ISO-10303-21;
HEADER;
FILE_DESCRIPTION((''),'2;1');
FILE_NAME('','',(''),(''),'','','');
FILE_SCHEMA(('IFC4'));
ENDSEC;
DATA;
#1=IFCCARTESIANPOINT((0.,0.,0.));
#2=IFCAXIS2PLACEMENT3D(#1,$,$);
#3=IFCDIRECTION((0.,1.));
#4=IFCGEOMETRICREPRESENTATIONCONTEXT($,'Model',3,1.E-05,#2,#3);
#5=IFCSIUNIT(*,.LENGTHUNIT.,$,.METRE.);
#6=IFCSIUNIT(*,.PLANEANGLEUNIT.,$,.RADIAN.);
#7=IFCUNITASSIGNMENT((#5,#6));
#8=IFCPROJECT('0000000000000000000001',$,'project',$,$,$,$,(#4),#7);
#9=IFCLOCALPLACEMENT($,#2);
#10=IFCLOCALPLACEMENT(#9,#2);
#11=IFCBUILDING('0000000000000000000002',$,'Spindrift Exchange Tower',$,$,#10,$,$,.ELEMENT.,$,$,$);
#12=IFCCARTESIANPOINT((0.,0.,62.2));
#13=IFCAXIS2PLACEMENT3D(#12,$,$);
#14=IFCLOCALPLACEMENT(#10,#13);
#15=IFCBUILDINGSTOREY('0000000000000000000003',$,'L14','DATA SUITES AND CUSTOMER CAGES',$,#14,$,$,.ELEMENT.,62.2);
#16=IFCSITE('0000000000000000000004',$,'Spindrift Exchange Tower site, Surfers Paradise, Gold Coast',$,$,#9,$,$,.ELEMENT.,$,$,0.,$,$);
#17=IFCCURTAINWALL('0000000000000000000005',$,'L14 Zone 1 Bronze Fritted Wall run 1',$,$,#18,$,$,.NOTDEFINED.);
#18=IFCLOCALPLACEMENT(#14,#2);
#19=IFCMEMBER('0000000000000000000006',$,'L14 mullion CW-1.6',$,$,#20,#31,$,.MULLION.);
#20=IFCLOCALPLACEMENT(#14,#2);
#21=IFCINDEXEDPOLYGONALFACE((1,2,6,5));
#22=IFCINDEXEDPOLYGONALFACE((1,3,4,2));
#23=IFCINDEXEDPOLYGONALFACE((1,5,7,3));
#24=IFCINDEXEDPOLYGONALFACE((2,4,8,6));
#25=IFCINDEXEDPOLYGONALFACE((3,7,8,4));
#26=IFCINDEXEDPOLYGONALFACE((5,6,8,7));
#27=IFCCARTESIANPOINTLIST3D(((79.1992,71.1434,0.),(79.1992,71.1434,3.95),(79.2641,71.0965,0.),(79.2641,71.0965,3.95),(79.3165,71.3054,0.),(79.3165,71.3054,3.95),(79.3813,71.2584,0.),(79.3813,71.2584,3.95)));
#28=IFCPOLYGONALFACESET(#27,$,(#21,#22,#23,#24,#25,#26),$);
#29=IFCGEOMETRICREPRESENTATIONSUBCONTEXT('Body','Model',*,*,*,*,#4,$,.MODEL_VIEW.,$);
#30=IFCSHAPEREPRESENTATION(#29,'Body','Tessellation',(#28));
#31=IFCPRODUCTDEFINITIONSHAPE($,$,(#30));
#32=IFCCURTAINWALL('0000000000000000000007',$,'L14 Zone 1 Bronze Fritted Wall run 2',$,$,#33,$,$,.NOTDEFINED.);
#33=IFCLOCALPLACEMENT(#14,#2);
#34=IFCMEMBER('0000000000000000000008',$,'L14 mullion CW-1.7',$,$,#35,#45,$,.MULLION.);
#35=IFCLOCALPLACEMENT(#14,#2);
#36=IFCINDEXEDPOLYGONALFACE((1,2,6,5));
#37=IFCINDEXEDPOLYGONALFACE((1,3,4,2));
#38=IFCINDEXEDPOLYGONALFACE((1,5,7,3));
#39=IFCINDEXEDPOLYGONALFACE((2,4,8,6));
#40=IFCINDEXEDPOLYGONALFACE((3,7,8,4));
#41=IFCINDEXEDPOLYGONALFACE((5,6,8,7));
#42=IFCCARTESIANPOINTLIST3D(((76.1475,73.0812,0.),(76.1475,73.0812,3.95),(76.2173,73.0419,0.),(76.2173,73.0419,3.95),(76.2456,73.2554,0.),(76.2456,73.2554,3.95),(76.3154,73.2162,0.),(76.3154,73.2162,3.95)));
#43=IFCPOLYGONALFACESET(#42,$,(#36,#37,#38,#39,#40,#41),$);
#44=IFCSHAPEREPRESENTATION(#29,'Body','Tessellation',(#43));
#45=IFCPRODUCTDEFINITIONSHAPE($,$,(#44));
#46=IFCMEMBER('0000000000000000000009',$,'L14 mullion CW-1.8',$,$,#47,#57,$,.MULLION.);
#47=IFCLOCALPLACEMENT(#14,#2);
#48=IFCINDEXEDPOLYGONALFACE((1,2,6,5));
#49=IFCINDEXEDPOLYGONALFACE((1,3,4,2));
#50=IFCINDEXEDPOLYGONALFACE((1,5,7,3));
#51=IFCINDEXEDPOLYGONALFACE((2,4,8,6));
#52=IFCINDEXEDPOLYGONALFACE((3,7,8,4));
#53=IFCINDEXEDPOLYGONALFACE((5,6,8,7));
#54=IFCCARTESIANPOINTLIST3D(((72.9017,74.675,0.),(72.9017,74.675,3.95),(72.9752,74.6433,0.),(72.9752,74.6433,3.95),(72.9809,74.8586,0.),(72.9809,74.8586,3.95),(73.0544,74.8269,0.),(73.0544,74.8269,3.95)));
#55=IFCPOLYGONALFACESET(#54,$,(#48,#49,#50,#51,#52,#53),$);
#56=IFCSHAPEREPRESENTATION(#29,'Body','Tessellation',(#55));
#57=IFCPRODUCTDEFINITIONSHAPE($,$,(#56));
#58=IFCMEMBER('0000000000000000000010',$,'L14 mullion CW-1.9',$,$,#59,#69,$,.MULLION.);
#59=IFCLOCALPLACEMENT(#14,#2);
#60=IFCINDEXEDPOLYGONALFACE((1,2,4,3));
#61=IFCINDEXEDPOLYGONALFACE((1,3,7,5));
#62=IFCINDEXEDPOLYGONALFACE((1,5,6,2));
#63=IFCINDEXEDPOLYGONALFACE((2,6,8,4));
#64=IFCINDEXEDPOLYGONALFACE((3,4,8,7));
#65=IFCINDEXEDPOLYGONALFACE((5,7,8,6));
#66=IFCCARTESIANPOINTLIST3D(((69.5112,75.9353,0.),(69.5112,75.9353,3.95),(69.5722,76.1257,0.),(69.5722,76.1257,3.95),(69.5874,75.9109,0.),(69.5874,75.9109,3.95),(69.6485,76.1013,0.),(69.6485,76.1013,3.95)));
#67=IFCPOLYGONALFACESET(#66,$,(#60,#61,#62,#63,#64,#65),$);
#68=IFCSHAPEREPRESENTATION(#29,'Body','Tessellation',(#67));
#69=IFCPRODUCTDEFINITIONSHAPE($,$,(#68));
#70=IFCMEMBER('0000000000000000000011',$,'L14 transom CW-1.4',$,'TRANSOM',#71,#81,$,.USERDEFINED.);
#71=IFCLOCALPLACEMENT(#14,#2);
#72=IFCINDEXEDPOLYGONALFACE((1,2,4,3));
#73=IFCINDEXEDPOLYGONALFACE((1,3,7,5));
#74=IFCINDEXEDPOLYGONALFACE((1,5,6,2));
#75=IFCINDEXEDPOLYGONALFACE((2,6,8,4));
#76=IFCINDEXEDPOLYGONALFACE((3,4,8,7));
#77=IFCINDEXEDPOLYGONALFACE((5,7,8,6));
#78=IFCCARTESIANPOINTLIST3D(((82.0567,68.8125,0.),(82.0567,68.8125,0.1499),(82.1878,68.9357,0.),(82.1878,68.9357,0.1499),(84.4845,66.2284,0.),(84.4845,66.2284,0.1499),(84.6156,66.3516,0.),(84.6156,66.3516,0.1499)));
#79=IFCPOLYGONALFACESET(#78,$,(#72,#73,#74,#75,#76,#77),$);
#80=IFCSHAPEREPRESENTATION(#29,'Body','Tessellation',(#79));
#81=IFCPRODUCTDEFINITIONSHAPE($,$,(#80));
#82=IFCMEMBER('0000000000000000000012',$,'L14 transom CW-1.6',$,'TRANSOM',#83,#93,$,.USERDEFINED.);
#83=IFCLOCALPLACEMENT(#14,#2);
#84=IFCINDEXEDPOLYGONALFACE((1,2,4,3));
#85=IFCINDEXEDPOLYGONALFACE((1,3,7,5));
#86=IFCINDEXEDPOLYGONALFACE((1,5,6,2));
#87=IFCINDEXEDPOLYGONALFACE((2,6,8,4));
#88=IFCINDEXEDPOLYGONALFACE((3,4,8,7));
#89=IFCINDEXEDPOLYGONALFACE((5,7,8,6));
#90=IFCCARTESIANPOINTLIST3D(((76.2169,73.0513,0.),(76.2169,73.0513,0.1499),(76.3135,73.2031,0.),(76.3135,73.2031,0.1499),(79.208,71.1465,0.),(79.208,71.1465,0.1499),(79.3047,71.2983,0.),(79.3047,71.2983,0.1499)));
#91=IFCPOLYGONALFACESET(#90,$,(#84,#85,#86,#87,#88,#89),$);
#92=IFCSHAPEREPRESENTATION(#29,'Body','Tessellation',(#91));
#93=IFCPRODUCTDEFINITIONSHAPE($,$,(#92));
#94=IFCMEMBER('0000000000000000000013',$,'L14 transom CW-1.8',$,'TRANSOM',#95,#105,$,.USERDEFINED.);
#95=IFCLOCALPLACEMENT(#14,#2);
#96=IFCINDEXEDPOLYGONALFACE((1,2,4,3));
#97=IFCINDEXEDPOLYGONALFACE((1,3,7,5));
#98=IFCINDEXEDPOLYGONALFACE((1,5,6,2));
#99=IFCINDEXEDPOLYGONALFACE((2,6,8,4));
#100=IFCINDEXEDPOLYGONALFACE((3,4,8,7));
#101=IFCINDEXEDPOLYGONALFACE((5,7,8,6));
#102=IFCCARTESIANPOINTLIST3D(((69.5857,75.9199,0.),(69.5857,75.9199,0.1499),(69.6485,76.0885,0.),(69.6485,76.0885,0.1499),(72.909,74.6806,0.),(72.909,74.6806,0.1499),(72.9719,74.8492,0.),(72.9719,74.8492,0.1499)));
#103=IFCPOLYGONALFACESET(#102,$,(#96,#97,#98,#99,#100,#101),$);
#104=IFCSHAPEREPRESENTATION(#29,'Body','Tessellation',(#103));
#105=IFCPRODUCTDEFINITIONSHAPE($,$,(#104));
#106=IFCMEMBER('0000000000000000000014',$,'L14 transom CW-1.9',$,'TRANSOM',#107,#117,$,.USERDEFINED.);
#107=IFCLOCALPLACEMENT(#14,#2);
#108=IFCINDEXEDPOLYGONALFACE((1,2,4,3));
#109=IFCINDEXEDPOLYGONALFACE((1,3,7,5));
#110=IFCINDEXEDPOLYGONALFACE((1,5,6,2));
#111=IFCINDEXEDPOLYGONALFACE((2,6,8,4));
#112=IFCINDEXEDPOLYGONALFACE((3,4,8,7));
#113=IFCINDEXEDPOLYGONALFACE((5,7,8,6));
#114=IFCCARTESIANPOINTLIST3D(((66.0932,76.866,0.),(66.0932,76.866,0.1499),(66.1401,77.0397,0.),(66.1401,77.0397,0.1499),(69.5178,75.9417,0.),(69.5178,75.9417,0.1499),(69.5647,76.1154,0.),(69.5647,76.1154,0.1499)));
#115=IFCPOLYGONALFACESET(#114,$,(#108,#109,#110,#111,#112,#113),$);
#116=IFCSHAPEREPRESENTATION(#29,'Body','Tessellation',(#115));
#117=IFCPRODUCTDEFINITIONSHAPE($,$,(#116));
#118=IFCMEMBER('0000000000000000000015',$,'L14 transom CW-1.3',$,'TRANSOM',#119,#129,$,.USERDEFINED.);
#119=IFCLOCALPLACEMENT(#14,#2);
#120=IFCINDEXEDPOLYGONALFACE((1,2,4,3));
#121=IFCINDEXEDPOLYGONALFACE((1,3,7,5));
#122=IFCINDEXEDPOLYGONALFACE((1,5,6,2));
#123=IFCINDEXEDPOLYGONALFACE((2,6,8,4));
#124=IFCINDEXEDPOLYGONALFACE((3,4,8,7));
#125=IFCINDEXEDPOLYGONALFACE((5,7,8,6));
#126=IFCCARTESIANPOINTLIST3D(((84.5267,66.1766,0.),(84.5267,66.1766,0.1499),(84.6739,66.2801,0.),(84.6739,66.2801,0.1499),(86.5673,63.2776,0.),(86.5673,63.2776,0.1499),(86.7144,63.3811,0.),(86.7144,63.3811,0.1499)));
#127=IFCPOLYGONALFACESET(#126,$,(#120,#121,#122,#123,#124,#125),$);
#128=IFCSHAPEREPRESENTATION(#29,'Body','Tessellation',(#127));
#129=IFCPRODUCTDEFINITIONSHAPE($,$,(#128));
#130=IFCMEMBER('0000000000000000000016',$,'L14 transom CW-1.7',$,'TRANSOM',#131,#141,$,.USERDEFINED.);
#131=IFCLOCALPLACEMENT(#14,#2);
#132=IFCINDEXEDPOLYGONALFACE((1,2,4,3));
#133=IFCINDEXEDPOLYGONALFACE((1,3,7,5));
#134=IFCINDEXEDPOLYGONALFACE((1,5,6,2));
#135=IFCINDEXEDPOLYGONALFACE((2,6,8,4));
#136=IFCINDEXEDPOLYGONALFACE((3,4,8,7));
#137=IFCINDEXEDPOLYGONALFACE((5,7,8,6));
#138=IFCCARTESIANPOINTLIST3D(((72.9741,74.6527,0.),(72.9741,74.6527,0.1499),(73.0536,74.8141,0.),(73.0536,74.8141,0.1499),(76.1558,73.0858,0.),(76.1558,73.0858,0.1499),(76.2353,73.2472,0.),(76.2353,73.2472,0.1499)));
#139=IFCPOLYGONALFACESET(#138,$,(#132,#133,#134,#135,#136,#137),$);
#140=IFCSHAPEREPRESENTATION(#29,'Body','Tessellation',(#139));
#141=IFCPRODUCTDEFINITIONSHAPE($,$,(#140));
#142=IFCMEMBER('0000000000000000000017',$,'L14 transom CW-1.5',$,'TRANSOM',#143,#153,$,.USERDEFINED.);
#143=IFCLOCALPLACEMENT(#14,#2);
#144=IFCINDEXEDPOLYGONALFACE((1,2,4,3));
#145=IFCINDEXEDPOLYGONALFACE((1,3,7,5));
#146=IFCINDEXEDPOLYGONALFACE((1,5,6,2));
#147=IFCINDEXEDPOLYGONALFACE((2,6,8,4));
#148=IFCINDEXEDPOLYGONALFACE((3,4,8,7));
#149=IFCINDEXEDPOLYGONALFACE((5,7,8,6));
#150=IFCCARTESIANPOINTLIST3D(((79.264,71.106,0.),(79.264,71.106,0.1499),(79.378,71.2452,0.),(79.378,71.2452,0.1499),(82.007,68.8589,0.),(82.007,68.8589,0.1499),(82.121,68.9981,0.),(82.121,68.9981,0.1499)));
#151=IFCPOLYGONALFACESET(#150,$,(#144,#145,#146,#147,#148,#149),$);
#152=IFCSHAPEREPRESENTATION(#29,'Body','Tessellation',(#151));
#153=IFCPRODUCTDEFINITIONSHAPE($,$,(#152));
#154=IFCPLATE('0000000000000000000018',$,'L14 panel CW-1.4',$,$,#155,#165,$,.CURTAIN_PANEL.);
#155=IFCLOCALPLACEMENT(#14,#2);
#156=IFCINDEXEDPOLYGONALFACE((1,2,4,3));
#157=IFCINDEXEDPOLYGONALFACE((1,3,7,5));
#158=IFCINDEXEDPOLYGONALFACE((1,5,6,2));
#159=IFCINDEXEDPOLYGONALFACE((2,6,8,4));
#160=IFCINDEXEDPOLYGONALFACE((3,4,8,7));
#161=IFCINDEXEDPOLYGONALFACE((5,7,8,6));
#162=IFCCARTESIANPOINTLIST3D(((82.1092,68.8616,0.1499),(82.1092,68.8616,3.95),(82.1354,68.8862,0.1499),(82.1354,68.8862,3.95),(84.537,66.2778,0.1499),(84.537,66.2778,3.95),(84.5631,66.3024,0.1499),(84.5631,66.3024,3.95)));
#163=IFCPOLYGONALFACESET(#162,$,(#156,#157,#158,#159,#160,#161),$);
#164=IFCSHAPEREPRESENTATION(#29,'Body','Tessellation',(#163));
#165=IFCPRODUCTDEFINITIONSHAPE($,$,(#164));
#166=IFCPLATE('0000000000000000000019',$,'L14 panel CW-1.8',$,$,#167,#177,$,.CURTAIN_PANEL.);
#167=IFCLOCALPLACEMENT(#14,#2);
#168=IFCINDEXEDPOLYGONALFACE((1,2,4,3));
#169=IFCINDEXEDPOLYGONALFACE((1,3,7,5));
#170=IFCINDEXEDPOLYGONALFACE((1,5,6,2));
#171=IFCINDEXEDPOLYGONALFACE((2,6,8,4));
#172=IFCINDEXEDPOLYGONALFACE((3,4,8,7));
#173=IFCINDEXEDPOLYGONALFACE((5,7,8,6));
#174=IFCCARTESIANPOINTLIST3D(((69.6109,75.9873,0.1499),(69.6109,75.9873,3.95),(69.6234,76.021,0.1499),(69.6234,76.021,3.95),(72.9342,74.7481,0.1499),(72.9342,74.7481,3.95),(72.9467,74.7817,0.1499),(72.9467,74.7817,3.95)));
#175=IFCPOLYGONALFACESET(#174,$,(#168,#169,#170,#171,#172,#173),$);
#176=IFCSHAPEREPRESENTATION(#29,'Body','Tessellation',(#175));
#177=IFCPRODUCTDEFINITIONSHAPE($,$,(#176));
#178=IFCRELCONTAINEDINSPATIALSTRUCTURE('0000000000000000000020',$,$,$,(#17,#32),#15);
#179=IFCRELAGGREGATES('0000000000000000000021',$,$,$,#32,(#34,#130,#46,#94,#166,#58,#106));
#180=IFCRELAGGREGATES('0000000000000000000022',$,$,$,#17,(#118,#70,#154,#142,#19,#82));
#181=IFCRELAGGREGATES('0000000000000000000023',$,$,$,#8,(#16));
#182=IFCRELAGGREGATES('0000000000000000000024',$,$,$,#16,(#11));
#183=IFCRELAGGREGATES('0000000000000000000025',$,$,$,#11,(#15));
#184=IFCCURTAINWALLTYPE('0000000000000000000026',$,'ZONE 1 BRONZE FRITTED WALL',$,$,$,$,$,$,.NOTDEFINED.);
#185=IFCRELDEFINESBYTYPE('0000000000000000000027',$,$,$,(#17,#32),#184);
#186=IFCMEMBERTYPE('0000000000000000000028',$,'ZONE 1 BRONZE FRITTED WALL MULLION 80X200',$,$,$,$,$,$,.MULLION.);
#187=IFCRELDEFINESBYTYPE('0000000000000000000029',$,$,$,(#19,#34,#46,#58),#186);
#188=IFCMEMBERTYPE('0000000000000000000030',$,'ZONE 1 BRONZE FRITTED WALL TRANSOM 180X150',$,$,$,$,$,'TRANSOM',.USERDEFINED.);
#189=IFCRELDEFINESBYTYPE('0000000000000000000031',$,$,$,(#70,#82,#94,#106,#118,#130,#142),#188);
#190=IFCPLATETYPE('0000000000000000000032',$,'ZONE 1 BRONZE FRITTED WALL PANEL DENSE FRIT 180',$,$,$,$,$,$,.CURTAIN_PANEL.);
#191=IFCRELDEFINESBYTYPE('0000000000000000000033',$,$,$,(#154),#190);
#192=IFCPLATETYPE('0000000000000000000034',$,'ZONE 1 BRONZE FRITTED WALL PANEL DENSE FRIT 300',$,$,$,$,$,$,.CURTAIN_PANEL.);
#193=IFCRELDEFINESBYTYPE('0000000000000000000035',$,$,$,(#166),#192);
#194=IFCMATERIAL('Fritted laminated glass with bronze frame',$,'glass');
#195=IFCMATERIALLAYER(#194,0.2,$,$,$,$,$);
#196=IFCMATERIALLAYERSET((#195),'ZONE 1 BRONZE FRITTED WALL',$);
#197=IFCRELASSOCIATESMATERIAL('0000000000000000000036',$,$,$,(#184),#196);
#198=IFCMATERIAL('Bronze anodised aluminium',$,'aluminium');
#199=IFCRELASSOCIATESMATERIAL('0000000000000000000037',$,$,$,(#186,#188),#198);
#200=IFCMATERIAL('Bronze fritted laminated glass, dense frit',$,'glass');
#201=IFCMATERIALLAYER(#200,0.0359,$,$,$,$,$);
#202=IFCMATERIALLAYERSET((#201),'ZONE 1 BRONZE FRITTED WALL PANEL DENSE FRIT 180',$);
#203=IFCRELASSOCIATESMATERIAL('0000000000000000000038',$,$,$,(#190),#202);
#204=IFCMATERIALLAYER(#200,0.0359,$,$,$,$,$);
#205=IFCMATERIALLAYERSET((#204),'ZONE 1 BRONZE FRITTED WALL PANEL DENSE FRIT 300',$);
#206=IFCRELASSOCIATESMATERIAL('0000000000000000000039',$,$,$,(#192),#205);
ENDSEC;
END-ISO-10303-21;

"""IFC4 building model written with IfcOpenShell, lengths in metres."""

from ifc_helpers import new_model, si_unit, direction, frame, origin, origin_2d, place, context, subcontext, project, spatial, rectangle, extrude, source, transform, mapped, material, layer, layer_set, material_profile, profile_set, type_object, element, aggregate, save


model = new_model("IFC4")

# Units and contexts
model_context = context("Model", 3, precision=1e-05, world=origin(), true_north=direction((0.0, 1.0)))
body_context = subcontext(model_context, "Body", "Model", "MODEL_VIEW")
ifc_project = project(units=[si_unit("LENGTHUNIT", "METRE"), si_unit("PLANEANGLEUNIT", "RADIAN")], contexts=[model_context])

# Site, building, storey
site_placement = place(None, origin())
site = spatial("IfcSite", under=ifc_project, at=site_placement, Name="Spindrift Exchange Tower site, Surfers Paradise, Gold Coast", CompositionType="ELEMENT", RefElevation=0.0)
building_placement = place(site_placement, origin())
building = spatial("IfcBuilding", under=site, at=building_placement, Name="Spindrift Exchange Tower", CompositionType="ELEMENT")
storey_placement = place(building_placement, frame((0.0, 0.0, 62.2)))
storey = spatial("IfcBuildingStorey", under=building, at=storey_placement, Name="L14", Description="DATA SUITES AND CUSTOMER CAGES", CompositionType="ELEMENT", Elevation=62.2)

# Curtain walls, members
ifc_material_1 = material(Name="Fritted laminated glass with bronze frame", Category="glass")
ifc_layer_1 = layer(ifc_material_1, 0.2)
ifc_layer_set_1 = layer_set([ifc_layer_1], Name="ZONE 1 BRONZE FRITTED WALL")
curtain_wall_type = type_object("IfcCurtainWallType", Name="ZONE 1 BRONZE FRITTED WALL", PredefinedType="NOTDEFINED", material=ifc_layer_set_1)
curtain_wall_1_placement = place(storey_placement, origin())
curtain_wall_1 = element("IfcCurtainWall", 1, at=curtain_wall_1_placement, inside=storey, type_object=curtain_wall_type, Name="L14 Zone 1 Bronze Fritted Wall run 1", PredefinedType="NOTDEFINED")
ifc_material_2 = material(Name="Bronze anodised aluminium", Category="aluminium")
ifc_material_profile_1 = material_profile(ifc_material_2, rectangle(XDim=0.0801, YDim=0.2, at=origin_2d()), Name="ZONE 1 BRONZE FRITTED WALL MULLION 80X200")
ifc_profile_set_1 = profile_set([ifc_material_profile_1], Name="Bronze anodised aluminium")
member_type_1 = type_object("IfcMemberType", Name="ZONE 1 BRONZE FRITTED WALL MULLION 80X200", PredefinedType="MULLION", material=ifc_profile_set_1)
shared_shape_1 = source(origin(), body_context, "Body", "SweptSolid", [
    extrude(rectangle(XDim=0.0801, YDim=0.2, at=origin_2d()), origin(), (0.0, 0.0, 1.0), 3.95),
])
member_1_placement = place(storey_placement, frame((79.2903, 71.2009, 0.0), z_axis=(0.0, 0.0, 1.0), x_axis=(-0.809954, 0.586493, 0.0)))
member_1 = element("IfcMember", 2, at=member_1_placement, type_object=member_type_1, Name="L14 mullion CW-1.6", PredefinedType="MULLION", context=body_context, shape_type="MappedRepresentation", body=[
    mapped(shared_shape_1, transform((0.0, 0.0, 0.0), scale=1.0)),
])
curtain_wall_2_placement = place(storey_placement, origin())
curtain_wall_2 = element("IfcCurtainWall", 3, at=curtain_wall_2_placement, inside=storey, type_object=curtain_wall_type, Name="L14 Zone 1 Bronze Fritted Wall run 2", PredefinedType="NOTDEFINED")
member_2_placement = place(storey_placement, frame((76.2314, 73.1487, 0.0), z_axis=(0.0, 0.0, 1.0), x_axis=(-0.87161, 0.490199, 0.0)))
member_2 = element("IfcMember", 4, at=member_2_placement, type_object=member_type_1, Name="L14 mullion CW-1.7", PredefinedType="MULLION", context=body_context, shape_type="MappedRepresentation", body=[
    mapped(shared_shape_1, transform((0.0, 0.0, 0.0), scale=1.0)),
])
member_3_placement = place(storey_placement, frame((72.978, 74.751, 0.0), z_axis=(0.0, 0.0, 1.0), x_axis=(-0.918209, 0.396097, 0.0)))
member_3 = element("IfcMember", 5, at=member_3_placement, type_object=member_type_1, Name="L14 mullion CW-1.8", PredefinedType="MULLION", context=body_context, shape_type="MappedRepresentation", body=[
    mapped(shared_shape_1, transform((0.0, 0.0, 0.0), scale=1.0)),
])
member_4_placement = place(storey_placement, frame((69.5798, 76.0183, 0.0), z_axis=(0.0, 0.0, 1.0), x_axis=(-0.952254, 0.305307, 0.0)))
member_4 = element("IfcMember", 6, at=member_4_placement, type_object=member_type_1, Name="L14 mullion CW-1.9", PredefinedType="MULLION", context=body_context, shape_type="MappedRepresentation", body=[
    mapped(shared_shape_1, transform((0.0, 0.0, 0.0), scale=1.0)),
])

# Members
ifc_material_profile_2 = material_profile(ifc_material_2, rectangle(XDim=0.1799, YDim=0.1499, at=origin_2d()), Name="ZONE 1 BRONZE FRITTED WALL TRANSOM 180X150")
ifc_profile_set_2 = profile_set([ifc_material_profile_2], Name="Bronze anodised aluminium")
member_type_2 = type_object("IfcMemberType", Name="ZONE 1 BRONZE FRITTED WALL TRANSOM 180X150", ElementType="TRANSOM", PredefinedType="USERDEFINED", material=ifc_profile_set_2)
shared_shape_2 = source(origin(), body_context, "Body", "SweptSolid", [
    extrude(rectangle(XDim=0.1799, YDim=0.1499, at=origin_2d()), origin(), (0.0, 0.0, 1.0), 3.5457),
])
member_5_placement = place(storey_placement, frame((84.55, 66.29, 0.075), z_axis=(-0.684729, 0.728798, 0.0), x_axis=(-0.728798, -0.684729, 0.0)))
member_5 = element("IfcMember", 7, at=member_5_placement, type_object=member_type_2, Name="L14 transom CW-1.4", ObjectType="TRANSOM", PredefinedType="USERDEFINED", context=body_context, shape_type="MappedRepresentation", body=[
    mapped(shared_shape_2, transform((0.0, 0.0, 0.0), scale=1.0)),
])
shared_shape_3 = source(origin(), body_context, "Body", "SweptSolid", [
    extrude(rectangle(XDim=0.1799, YDim=0.1499, at=origin_2d()), origin(), (0.0, 0.0, 1.0), 3.5461),
])
member_6_placement = place(storey_placement, frame((79.2563, 71.2224, 0.075), z_axis=(-0.843497, 0.537134, 0.0), x_axis=(-0.537134, -0.843497, 0.0)))
member_6 = element("IfcMember", 8, at=member_6_placement, type_object=member_type_2, Name="L14 transom CW-1.6", ObjectType="TRANSOM", PredefinedType="USERDEFINED", context=body_context, shape_type="MappedRepresentation", body=[
    mapped(shared_shape_3, transform((0.0, 0.0, 0.0), scale=1.0)),
])
shared_shape_4 = source(origin(), body_context, "Body", "SweptSolid", [
    extrude(rectangle(XDim=0.1799, YDim=0.1499, at=origin_2d()), origin(), (0.0, 0.0, 1.0), 3.5469),
])
member_7_placement = place(storey_placement, frame((72.9404, 74.7649, 0.075), z_axis=(-0.936973, 0.349403, 0.0), x_axis=(-0.349403, -0.936973, 0.0)))
member_7 = element("IfcMember", 9, at=member_7_placement, type_object=member_type_2, Name="L14 transom CW-1.8", ObjectType="TRANSOM", PredefinedType="USERDEFINED", context=body_context, shape_type="MappedRepresentation", body=[
    mapped(shared_shape_4, transform((0.0, 0.0, 0.0), scale=1.0)),
])
shared_shape_5 = source(origin(), body_context, "Body", "SweptSolid", [
    extrude(rectangle(XDim=0.1799, YDim=0.1499, at=origin_2d()), origin(), (0.0, 0.0, 1.0), 3.5471),
])
member_8_placement = place(storey_placement, frame((69.5413, 76.0286, 0.075), z_axis=(-0.965451, 0.260583, 0.0), x_axis=(-0.260583, -0.965451, 0.0)))
member_8 = element("IfcMember", 10, at=member_8_placement, type_object=member_type_2, Name="L14 transom CW-1.9", ObjectType="TRANSOM", PredefinedType="USERDEFINED", context=body_context, shape_type="MappedRepresentation", body=[
    mapped(shared_shape_5, transform((0.0, 0.0, 0.0), scale=1.0)),
])
shared_shape_6 = source(origin(), body_context, "Body", "SweptSolid", [
    extrude(rectangle(XDim=0.1799, YDim=0.1499, at=origin_2d()), origin(), (0.0, 0.0, 1.0), 3.5452),
])
member_9_placement = place(storey_placement, frame((86.6409, 63.3293, 0.075), z_axis=(-0.575596, 0.817734, 0.0), x_axis=(-0.817734, -0.575596, 0.0)))
member_9 = element("IfcMember", 11, at=member_9_placement, type_object=member_type_2, Name="L14 transom CW-1.3", ObjectType="TRANSOM", PredefinedType="USERDEFINED", context=body_context, shape_type="MappedRepresentation", body=[
    mapped(shared_shape_6, transform((0.0, 0.0, 0.0), scale=1.0)),
])
shared_shape_7 = source(origin(), body_context, "Body", "SweptSolid", [
    extrude(rectangle(XDim=0.1799, YDim=0.1499, at=origin_2d()), origin(), (0.0, 0.0, 1.0), 3.5466),
])
member_10_placement = place(storey_placement, frame((76.1956, 73.1665, 0.075), z_axis=(-0.897109, 0.441808, 0.0), x_axis=(-0.441808, -0.897109, 0.0)))
member_10 = element("IfcMember", 12, at=member_10_placement, type_object=member_type_2, Name="L14 transom CW-1.7", ObjectType="TRANSOM", PredefinedType="USERDEFINED", context=body_context, shape_type="MappedRepresentation", body=[
    mapped(shared_shape_7, transform((0.0, 0.0, 0.0), scale=1.0)),
])
shared_shape_8 = source(origin(), body_context, "Body", "SweptSolid", [
    extrude(rectangle(XDim=0.1799, YDim=0.1499, at=origin_2d()), origin(), (0.0, 0.0, 1.0), 3.5459),
])
member_11_placement = place(storey_placement, frame((82.064, 68.9285, 0.075), z_axis=(-0.773561, 0.633721, 0.0), x_axis=(-0.633721, -0.773561, 0.0)))
member_11 = element("IfcMember", 13, at=member_11_placement, type_object=member_type_2, Name="L14 transom CW-1.5", ObjectType="TRANSOM", PredefinedType="USERDEFINED", context=body_context, shape_type="MappedRepresentation", body=[
    mapped(shared_shape_8, transform((0.0, 0.0, 0.0), scale=1.0)),
])

# Plates
ifc_material_3 = material(Name="Bronze fritted laminated glass, dense frit", Category="glass")
ifc_layer_2 = layer(ifc_material_3, 0.0359)
ifc_layer_set_2 = layer_set([ifc_layer_2], Name="ZONE 1 BRONZE FRITTED WALL PANEL DENSE FRIT 180")
plate_type_1 = type_object("IfcPlateType", Name="ZONE 1 BRONZE FRITTED WALL PANEL DENSE FRIT 180", PredefinedType="CURTAIN_PANEL", material=ifc_layer_set_2)
shared_shape_9 = source(origin(), body_context, "Body", "SweptSolid", [
    extrude(rectangle(XDim=3.5454, YDim=0.0359, at=origin_2d()), origin(), (0.0, 0.0, 1.0), 3.8),
])
plate_1_placement = place(storey_placement, frame((83.3362, 67.582, 0.1499), z_axis=(0.0, 0.0, 1.0), x_axis=(-0.684753, 0.728775, 0.0)))
plate_1 = element("IfcPlate", 14, at=plate_1_placement, type_object=plate_type_1, Name="L14 panel CW-1.4", PredefinedType="CURTAIN_PANEL", context=body_context, shape_type="MappedRepresentation", body=[
    mapped(shared_shape_9, transform((0.0, 0.0, 0.0), scale=1.0)),
])
ifc_layer_3 = layer(ifc_material_3, 0.0359)
ifc_layer_set_3 = layer_set([ifc_layer_3], Name="ZONE 1 BRONZE FRITTED WALL PANEL DENSE FRIT 300")
plate_type_2 = type_object("IfcPlateType", Name="ZONE 1 BRONZE FRITTED WALL PANEL DENSE FRIT 300", PredefinedType="CURTAIN_PANEL", material=ifc_layer_set_3)
shared_shape_10 = source(origin(), body_context, "Body", "SweptSolid", [
    extrude(rectangle(XDim=3.5469, YDim=0.0359, at=origin_2d()), origin(), (0.0, 0.0, 1.0), 3.8),
])
plate_2_placement = place(storey_placement, frame((71.2788, 75.3845, 0.1499), z_axis=(0.0, 0.0, 1.0), x_axis=(-0.936973, 0.349401, 0.0)))
plate_2 = element("IfcPlate", 15, at=plate_2_placement, type_object=plate_type_2, Name="L14 panel CW-1.8", PredefinedType="CURTAIN_PANEL", context=body_context, shape_type="MappedRepresentation", body=[
    mapped(shared_shape_10, transform((0.0, 0.0, 0.0), scale=1.0)),
])
aggregate(curtain_wall_2, [member_2, member_10, member_3, member_7, plate_2, member_4, member_8])
aggregate(curtain_wall_1, [member_9, member_5, plate_1, member_11, member_1, member_6])

save(model, "model.ifc")
